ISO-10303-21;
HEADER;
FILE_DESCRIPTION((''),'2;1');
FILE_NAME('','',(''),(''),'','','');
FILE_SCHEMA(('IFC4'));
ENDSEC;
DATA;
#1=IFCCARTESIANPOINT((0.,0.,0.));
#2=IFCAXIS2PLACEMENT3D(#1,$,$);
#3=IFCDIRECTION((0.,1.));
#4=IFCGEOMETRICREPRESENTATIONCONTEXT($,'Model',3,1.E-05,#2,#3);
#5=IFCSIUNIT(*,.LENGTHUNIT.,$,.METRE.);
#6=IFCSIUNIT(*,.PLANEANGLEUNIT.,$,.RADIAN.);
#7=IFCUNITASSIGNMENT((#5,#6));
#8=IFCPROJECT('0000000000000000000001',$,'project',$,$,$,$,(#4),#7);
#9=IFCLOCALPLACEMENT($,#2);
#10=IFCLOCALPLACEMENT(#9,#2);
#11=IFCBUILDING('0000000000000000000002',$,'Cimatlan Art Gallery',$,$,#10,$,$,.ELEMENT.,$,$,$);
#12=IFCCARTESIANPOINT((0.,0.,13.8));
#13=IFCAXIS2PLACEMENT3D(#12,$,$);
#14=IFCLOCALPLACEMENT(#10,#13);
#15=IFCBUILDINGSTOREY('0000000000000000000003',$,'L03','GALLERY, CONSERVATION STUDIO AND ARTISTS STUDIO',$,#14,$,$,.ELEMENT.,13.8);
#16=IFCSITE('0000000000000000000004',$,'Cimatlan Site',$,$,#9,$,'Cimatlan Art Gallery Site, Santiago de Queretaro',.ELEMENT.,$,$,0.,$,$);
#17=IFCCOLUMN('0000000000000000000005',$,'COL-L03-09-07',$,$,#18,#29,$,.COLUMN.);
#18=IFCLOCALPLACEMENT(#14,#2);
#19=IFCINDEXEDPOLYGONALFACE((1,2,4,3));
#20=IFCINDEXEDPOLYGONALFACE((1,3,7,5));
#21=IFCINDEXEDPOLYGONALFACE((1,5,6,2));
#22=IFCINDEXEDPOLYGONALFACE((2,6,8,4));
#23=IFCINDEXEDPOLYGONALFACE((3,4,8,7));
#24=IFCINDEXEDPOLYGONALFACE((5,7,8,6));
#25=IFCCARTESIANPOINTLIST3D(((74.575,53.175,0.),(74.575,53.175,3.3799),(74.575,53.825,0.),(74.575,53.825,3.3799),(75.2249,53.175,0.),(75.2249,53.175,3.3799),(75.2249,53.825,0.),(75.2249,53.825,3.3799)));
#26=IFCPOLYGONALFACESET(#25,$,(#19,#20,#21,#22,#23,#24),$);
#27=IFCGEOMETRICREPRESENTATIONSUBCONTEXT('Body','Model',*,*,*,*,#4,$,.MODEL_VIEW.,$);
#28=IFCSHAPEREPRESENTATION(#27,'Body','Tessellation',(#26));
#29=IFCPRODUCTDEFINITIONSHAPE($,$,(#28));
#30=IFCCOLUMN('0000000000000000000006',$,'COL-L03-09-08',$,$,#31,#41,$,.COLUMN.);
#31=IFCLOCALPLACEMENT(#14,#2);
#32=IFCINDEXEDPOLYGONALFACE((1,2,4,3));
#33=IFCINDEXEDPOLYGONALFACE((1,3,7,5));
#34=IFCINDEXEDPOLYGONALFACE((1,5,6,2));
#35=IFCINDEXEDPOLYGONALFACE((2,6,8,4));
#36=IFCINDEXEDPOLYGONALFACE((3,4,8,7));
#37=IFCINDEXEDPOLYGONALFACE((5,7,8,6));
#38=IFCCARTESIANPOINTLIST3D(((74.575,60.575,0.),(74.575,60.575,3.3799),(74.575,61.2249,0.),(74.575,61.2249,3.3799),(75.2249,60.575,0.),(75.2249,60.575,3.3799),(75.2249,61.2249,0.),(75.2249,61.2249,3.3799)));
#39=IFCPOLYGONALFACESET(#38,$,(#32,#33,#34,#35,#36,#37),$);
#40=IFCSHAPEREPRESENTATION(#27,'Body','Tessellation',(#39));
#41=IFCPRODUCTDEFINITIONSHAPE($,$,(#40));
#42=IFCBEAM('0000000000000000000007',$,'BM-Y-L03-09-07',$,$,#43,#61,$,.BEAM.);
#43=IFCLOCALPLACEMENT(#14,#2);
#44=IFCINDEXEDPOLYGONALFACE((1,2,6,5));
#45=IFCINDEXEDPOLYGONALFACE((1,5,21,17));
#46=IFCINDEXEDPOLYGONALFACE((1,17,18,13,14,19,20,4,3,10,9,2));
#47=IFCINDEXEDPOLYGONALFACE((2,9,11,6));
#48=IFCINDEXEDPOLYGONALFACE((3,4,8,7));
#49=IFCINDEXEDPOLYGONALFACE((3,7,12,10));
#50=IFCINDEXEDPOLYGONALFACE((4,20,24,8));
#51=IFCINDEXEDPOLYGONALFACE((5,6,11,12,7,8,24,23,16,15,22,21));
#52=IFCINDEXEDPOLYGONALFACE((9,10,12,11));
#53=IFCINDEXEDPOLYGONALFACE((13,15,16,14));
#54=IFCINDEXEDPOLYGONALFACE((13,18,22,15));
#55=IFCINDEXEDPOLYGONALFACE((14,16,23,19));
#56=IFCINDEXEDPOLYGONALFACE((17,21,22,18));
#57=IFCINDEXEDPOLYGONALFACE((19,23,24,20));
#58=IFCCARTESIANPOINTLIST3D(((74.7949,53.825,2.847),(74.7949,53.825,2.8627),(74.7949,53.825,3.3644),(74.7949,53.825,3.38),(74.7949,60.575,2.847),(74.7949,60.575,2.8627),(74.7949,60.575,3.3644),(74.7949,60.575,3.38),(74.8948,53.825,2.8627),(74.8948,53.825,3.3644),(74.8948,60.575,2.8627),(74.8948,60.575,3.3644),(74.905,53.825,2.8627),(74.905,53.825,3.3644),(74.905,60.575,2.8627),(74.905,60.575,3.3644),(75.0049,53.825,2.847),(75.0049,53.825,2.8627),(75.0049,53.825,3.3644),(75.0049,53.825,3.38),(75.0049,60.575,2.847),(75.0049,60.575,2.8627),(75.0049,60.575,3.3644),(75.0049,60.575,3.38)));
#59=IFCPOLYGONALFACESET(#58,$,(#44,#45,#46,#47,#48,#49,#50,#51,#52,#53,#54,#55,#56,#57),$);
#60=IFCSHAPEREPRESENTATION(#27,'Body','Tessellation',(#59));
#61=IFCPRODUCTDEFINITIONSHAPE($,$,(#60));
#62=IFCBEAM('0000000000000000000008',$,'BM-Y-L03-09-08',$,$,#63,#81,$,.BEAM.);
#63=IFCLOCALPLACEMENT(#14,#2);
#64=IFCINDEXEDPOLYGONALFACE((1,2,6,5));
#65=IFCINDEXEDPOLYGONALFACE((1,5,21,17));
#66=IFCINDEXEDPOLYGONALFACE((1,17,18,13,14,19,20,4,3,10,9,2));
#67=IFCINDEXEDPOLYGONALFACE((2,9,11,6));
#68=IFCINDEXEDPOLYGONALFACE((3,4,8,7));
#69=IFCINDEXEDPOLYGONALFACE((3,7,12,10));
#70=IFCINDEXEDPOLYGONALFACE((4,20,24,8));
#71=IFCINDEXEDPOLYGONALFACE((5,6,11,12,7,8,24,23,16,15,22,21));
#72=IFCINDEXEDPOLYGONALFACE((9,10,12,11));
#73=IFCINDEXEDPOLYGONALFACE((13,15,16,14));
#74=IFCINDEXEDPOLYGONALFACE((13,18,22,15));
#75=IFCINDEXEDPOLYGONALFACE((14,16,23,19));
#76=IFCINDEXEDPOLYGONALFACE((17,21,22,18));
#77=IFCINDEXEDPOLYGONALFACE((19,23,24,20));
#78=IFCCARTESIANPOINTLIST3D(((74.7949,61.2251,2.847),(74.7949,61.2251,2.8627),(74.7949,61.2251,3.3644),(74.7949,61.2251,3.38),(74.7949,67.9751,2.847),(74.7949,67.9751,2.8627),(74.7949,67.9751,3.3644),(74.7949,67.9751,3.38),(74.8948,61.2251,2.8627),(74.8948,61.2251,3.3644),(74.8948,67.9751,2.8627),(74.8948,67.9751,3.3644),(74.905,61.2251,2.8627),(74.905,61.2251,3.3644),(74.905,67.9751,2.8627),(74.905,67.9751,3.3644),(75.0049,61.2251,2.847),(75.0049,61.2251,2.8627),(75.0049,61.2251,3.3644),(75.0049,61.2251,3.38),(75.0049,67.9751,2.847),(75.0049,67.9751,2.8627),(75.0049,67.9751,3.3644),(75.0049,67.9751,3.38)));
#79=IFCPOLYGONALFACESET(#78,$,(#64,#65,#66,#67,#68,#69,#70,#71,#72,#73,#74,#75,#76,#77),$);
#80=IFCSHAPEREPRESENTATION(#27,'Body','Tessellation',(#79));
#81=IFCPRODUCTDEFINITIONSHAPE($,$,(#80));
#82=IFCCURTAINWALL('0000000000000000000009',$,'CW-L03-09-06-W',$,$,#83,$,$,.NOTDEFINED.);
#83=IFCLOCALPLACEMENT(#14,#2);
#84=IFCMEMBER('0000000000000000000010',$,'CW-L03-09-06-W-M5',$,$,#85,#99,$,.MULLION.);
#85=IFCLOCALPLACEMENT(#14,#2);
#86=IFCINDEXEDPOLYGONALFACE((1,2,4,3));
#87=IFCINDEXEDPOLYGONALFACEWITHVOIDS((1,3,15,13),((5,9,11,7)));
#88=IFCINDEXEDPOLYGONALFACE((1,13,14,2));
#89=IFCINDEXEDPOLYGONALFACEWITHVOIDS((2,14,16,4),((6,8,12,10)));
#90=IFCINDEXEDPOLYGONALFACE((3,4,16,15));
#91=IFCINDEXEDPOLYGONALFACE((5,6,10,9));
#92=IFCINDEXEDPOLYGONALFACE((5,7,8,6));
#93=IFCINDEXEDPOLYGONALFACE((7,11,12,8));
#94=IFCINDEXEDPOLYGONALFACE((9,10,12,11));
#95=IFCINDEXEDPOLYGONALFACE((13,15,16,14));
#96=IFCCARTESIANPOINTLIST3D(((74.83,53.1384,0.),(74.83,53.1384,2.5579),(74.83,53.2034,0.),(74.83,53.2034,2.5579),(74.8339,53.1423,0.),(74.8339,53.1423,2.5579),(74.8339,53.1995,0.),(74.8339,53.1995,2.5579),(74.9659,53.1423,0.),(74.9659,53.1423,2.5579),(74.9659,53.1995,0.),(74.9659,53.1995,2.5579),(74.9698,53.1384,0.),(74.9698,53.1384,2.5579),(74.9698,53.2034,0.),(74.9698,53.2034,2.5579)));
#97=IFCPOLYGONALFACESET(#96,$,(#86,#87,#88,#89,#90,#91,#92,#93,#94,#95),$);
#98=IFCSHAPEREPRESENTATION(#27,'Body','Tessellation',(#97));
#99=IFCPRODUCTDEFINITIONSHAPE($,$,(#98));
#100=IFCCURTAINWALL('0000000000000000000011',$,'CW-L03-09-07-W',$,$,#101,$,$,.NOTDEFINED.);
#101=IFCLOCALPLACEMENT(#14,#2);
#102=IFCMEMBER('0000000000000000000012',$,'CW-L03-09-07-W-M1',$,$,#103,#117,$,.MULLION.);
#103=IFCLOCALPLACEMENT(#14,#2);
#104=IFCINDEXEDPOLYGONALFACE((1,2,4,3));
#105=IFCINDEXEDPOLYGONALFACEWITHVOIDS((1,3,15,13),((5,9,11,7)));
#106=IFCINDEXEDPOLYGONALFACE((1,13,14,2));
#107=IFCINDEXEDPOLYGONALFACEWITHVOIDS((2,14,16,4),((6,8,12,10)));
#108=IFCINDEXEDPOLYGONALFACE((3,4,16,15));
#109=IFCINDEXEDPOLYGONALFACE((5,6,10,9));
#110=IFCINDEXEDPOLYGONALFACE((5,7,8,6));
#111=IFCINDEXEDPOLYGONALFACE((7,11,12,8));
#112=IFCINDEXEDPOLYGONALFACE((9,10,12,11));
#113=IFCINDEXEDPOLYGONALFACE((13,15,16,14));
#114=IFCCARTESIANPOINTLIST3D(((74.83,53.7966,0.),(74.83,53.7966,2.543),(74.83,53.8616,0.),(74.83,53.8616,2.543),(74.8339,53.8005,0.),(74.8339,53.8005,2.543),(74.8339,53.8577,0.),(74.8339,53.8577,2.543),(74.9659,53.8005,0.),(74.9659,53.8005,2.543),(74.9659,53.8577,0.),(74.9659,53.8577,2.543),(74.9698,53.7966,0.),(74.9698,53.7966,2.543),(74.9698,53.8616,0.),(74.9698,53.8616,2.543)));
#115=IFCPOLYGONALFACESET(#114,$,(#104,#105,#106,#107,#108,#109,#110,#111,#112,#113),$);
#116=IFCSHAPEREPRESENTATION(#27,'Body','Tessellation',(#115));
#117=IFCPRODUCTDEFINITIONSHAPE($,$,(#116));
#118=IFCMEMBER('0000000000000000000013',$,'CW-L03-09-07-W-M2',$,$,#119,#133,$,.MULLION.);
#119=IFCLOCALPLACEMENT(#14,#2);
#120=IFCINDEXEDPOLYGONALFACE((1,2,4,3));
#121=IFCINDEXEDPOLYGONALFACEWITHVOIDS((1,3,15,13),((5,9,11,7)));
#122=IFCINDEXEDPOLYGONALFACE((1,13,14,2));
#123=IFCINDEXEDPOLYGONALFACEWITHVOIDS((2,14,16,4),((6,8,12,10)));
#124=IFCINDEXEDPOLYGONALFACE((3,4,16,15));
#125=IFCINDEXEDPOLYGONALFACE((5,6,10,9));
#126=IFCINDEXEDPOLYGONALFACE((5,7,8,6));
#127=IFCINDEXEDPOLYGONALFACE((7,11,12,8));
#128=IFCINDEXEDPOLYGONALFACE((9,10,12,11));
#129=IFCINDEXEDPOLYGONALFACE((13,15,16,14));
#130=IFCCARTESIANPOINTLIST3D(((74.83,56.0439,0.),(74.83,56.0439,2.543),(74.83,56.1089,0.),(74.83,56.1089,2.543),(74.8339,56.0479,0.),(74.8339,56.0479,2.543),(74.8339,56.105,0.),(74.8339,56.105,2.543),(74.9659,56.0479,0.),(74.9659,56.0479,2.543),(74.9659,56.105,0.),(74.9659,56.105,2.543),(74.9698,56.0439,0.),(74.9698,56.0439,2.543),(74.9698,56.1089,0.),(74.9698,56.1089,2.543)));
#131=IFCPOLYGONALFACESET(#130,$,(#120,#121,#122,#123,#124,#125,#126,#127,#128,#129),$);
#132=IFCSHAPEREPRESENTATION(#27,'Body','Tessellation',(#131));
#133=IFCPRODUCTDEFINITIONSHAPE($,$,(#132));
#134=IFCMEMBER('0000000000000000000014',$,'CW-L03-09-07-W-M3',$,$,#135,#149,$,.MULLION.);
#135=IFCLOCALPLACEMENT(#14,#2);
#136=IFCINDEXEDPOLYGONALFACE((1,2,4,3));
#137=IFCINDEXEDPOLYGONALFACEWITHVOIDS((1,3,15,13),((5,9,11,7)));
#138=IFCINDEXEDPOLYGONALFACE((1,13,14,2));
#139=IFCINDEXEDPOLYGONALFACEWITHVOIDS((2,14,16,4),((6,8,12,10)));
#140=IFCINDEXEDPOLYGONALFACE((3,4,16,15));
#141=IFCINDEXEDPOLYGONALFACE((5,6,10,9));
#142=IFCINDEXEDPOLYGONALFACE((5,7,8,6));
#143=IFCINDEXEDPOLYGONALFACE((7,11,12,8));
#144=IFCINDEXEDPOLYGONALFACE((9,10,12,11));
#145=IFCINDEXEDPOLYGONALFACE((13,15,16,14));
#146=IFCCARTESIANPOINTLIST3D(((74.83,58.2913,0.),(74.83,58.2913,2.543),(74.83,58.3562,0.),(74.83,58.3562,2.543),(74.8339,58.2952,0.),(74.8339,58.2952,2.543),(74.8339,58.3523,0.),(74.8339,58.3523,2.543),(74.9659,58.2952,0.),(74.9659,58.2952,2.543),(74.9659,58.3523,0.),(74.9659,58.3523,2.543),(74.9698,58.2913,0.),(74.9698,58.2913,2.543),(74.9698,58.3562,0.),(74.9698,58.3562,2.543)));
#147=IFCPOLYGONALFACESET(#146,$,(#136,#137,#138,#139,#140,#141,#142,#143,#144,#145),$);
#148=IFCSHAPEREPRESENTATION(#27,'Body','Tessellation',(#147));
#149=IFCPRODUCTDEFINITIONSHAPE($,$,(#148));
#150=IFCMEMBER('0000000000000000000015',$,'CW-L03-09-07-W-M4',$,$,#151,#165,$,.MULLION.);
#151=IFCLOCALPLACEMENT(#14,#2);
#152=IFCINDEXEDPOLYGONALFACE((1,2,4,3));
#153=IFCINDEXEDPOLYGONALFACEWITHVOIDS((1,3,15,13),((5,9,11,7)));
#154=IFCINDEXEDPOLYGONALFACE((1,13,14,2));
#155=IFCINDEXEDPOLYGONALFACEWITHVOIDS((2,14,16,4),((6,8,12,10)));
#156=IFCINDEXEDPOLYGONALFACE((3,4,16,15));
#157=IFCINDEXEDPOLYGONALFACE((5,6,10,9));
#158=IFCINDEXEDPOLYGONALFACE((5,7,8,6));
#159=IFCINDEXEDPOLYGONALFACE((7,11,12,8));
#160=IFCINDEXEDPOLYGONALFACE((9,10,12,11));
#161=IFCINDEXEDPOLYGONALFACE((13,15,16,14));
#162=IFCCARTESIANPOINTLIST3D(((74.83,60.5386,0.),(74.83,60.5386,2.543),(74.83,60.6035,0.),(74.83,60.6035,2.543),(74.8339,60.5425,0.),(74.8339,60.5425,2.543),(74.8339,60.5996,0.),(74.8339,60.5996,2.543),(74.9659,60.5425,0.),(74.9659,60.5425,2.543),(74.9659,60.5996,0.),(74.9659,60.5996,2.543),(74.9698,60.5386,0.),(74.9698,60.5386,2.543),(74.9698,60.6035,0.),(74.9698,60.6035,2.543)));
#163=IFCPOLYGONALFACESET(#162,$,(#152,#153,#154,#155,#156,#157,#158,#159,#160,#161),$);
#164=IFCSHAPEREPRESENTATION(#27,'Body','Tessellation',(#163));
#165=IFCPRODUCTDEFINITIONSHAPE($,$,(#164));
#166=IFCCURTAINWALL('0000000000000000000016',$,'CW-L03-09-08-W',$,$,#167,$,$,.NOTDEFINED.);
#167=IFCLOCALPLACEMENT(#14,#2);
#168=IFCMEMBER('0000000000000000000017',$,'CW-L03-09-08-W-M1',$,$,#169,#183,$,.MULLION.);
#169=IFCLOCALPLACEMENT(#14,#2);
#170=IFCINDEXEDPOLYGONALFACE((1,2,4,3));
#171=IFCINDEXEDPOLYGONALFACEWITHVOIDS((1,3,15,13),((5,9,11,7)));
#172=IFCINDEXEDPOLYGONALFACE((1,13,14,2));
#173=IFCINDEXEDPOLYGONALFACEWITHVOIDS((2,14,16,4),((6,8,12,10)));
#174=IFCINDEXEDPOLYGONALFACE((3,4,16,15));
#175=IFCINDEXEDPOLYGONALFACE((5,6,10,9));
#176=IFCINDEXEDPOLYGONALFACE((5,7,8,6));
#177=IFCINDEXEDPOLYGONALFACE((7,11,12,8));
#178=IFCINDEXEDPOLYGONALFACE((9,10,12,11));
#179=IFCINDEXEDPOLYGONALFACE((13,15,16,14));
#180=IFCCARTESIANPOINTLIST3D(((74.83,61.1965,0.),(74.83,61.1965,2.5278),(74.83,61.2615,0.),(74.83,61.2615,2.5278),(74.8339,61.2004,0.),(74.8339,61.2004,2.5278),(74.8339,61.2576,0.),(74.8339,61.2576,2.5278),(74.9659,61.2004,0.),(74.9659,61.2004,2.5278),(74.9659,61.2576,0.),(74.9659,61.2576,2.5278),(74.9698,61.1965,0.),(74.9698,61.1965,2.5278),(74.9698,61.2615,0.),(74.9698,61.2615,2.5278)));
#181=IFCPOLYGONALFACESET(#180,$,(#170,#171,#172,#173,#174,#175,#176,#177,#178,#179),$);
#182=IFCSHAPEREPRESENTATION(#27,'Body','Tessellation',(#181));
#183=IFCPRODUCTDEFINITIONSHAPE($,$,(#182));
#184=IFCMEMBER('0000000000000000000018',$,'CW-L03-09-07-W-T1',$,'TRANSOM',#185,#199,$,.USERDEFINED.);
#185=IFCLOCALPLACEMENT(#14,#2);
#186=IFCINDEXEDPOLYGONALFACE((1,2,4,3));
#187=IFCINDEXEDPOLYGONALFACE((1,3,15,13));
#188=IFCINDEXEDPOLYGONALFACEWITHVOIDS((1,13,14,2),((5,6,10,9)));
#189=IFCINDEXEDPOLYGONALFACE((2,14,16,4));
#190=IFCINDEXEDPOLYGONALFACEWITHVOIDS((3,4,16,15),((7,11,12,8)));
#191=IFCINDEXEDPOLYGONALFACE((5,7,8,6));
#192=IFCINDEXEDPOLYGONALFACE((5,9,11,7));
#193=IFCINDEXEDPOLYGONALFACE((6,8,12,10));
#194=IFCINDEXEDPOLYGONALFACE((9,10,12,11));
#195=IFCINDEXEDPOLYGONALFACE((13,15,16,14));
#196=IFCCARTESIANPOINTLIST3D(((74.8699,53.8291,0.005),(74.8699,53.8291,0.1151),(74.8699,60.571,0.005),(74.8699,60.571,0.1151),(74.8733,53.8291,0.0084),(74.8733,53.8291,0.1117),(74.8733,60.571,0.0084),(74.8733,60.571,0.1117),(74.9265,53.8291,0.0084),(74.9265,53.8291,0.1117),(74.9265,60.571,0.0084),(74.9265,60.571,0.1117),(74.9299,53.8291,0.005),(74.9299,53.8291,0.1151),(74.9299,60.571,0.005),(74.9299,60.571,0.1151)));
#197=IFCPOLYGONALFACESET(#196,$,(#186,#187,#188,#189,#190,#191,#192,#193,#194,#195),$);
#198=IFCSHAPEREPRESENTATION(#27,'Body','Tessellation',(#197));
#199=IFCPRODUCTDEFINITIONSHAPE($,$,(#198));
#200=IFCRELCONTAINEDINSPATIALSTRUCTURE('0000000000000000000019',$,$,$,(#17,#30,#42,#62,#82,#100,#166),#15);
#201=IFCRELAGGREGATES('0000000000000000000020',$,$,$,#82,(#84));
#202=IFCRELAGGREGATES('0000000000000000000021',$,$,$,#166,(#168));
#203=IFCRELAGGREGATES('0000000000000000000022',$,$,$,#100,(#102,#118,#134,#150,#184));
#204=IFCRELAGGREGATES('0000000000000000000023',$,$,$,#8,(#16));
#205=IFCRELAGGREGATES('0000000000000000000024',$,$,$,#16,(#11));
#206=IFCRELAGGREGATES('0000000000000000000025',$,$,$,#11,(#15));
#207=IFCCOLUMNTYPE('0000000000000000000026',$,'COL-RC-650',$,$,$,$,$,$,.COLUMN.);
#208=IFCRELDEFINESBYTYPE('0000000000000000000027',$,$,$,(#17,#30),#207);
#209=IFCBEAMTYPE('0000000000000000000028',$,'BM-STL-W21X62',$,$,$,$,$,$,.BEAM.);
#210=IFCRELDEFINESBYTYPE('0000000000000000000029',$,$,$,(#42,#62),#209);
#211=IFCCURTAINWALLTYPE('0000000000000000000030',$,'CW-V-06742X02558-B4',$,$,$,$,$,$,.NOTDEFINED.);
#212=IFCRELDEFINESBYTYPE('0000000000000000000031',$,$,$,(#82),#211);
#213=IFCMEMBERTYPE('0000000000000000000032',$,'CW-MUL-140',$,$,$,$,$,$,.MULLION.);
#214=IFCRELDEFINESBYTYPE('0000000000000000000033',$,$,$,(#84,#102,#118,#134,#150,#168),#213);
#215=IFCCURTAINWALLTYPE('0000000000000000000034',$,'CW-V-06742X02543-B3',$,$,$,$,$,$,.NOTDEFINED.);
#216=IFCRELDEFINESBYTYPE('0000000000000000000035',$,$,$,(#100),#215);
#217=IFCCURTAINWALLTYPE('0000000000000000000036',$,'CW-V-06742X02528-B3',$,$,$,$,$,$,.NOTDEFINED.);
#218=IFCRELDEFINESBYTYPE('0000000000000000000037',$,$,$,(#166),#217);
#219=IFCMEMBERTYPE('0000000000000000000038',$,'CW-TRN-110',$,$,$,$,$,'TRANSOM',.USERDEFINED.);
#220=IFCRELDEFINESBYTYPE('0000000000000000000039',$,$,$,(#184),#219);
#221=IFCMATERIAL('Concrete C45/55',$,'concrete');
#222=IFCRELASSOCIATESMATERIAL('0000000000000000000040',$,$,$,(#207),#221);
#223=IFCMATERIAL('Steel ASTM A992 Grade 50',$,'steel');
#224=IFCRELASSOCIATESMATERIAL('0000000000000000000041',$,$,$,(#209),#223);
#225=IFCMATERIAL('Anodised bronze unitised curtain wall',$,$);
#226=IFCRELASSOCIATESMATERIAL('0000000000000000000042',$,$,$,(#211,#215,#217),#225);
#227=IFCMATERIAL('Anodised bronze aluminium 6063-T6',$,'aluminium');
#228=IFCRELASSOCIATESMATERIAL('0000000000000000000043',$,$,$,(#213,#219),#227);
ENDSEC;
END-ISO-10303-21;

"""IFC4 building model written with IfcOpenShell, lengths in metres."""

from ifc_helpers import new_model, si_unit, direction, frame, origin, origin_2d, place, context, subcontext, project, spatial, rectangle, hollow_rectangle, i_section, extrude, material, material_profile, profile_set, type_object, element, aggregate, save


model = new_model("IFC4")

# Units and contexts
model_context = context("Model", 3, precision=1e-05, world=origin(), true_north=direction((0.0, 1.0)))
body_context = subcontext(model_context, "Body", "Model", "MODEL_VIEW")
ifc_project = project(units=[si_unit("LENGTHUNIT", "METRE"), si_unit("PLANEANGLEUNIT", "RADIAN")], contexts=[model_context])

# Site, building, storey
site_placement = place(None, origin())
site = spatial("IfcSite", under=ifc_project, at=site_placement, Name="Cimatlan Site", LongName="Cimatlan Art Gallery Site, Santiago de Queretaro", CompositionType="ELEMENT", RefElevation=0.0)
building_placement = place(site_placement, origin())
building = spatial("IfcBuilding", under=site, at=building_placement, Name="Cimatlan Art Gallery", CompositionType="ELEMENT")
storey_placement = place(building_placement, frame((0.0, 0.0, 13.8)))
storey = spatial("IfcBuildingStorey", under=building, at=storey_placement, Name="L03", Description="GALLERY, CONSERVATION STUDIO AND ARTISTS STUDIO", CompositionType="ELEMENT", Elevation=13.8)

# Columns
ifc_material_1 = material(Name="Concrete C45/55", Category="concrete")
ifc_material_profile_1 = material_profile(ifc_material_1, rectangle(XDim=0.6499, YDim=0.6499, at=origin_2d()), Name="RC650X650")
ifc_profile_set_1 = profile_set([ifc_material_profile_1], Name="Concrete C45/55")
column_type = type_object("IfcColumnType", Name="COL-RC-650", PredefinedType="COLUMN", material=ifc_profile_set_1)
for number, where, z_axis, x_axis, name in (
    (1, (74.8999, 53.5, 0.0), (0.0, 0.0, 1.0), (1.0, 0.0, 0.0), "COL-L03-09-07"),
    (2, (74.8999, 60.8999, 0.0), (0.0, 0.0, 1.0), (1.0, 0.0, 0.0), "COL-L03-09-08"),
):
    element("IfcColumn", number, at=place(storey_placement, frame(where, z_axis=z_axis, x_axis=x_axis)), inside=storey, type_object=column_type, Name=name, PredefinedType="COLUMN", context=body_context, shape_type="SweptSolid", body=[
        extrude(rectangle(XDim=0.6499, YDim=0.6499, at=origin_2d()), origin(), (0.0, 0.0, 1.0), 3.3799),
    ])

# Beams
ifc_material_2 = material(Name="Steel ASTM A992 Grade 50", Category="steel")
ifc_material_profile_2 = material_profile(ifc_material_2, i_section(OverallWidth=0.21, OverallDepth=0.533, WebThickness=0.0103, FlangeThickness=0.0156, at=origin_2d()), Name="W21X62")
ifc_profile_set_2 = profile_set([ifc_material_profile_2], Name="Steel ASTM A992 Grade 50")
beam_type = type_object("IfcBeamType", Name="BM-STL-W21X62", PredefinedType="BEAM", material=ifc_profile_set_2)
for number, where, z_axis, x_axis, name in (
    (3, (74.8999, 53.825, 3.1135), (0.0, 1.0, 0.0), (-1.0, 0.0, 0.0), "BM-Y-L03-09-07"),
    (4, (74.8999, 61.2251, 3.1135), (0.0, 1.0, 0.0), (-1.0, 0.0, 0.0), "BM-Y-L03-09-08"),
):
    element("IfcBeam", number, at=place(storey_placement, frame(where, z_axis=z_axis, x_axis=x_axis)), inside=storey, type_object=beam_type, Name=name, PredefinedType="BEAM", context=body_context, shape_type="SweptSolid", body=[
        extrude(i_section(OverallWidth=0.21, OverallDepth=0.533, WebThickness=0.0103, FlangeThickness=0.0156, at=origin_2d()), origin(), (0.0, 0.0, 1.0), 6.75),
    ])

# Curtain wall, member
ifc_material_3 = material(Name="Anodised bronze unitised curtain wall")
curtain_wall_type_1 = type_object("IfcCurtainWallType", Name="CW-V-06742X02558-B4", PredefinedType="NOTDEFINED", material=ifc_material_3)
curtain_wall_1_placement = place(storey_placement, origin())
curtain_wall_1 = element("IfcCurtainWall", 5, at=curtain_wall_1_placement, inside=storey, type_object=curtain_wall_type_1, Name="CW-L03-09-06-W", PredefinedType="NOTDEFINED")
ifc_material_4 = material(Name="Anodised bronze aluminium 6063-T6", Category="aluminium")
ifc_material_profile_3 = material_profile(ifc_material_4, hollow_rectangle(XDim=0.0649, YDim=0.1399, WallThickness=0.0039, at=origin_2d()), Name="ALU65X140X4")
ifc_profile_set_3 = profile_set([ifc_material_profile_3], Name="Anodised bronze aluminium 6063-T6")
member_type_1 = type_object("IfcMemberType", Name="CW-MUL-140", PredefinedType="MULLION", material=ifc_profile_set_3)
member_1_placement = place(storey_placement, frame((74.8999, 53.1709, 0.0), z_axis=(0.0, 0.0, 1.0), x_axis=(0.0, 1.0, 0.0)))
member_1 = element("IfcMember", 6, at=member_1_placement, type_object=member_type_1, Name="CW-L03-09-06-W-M5", PredefinedType="MULLION", context=body_context, shape_type="SweptSolid", body=[
    extrude(hollow_rectangle(XDim=0.0649, YDim=0.1399, WallThickness=0.0039, at=origin_2d()), origin(), (0.0, 0.0, 1.0), 2.5579),
])
aggregate(curtain_wall_1, [member_1])

# Curtain wall, members
curtain_wall_type_2 = type_object("IfcCurtainWallType", Name="CW-V-06742X02543-B3", PredefinedType="NOTDEFINED", material=ifc_material_3)
curtain_wall_2_placement = place(storey_placement, origin())
curtain_wall_2 = element("IfcCurtainWall", 7, at=curtain_wall_2_placement, inside=storey, type_object=curtain_wall_type_2, Name="CW-L03-09-07-W", PredefinedType="NOTDEFINED")
member_2_placement = place(storey_placement, frame((74.8999, 53.8291, 0.0), z_axis=(0.0, 0.0, 1.0), x_axis=(0.0, 1.0, 0.0)))
member_2 = element("IfcMember", 8, at=member_2_placement, type_object=member_type_1, Name="CW-L03-09-07-W-M1", PredefinedType="MULLION", context=body_context, shape_type="SweptSolid", body=[
    extrude(hollow_rectangle(XDim=0.0649, YDim=0.1399, WallThickness=0.0039, at=origin_2d()), origin(), (0.0, 0.0, 1.0), 2.543),
])
member_3_placement = place(storey_placement, frame((74.8999, 56.0764, 0.0), z_axis=(0.0, 0.0, 1.0), x_axis=(0.0, 1.0, 0.0)))
member_3 = element("IfcMember", 9, at=member_3_placement, type_object=member_type_1, Name="CW-L03-09-07-W-M2", PredefinedType="MULLION", context=body_context, shape_type="SweptSolid", body=[
    extrude(hollow_rectangle(XDim=0.0649, YDim=0.1399, WallThickness=0.0039, at=origin_2d()), origin(), (0.0, 0.0, 1.0), 2.543),
])
member_4_placement = place(storey_placement, frame((74.8999, 58.3237, 0.0), z_axis=(0.0, 0.0, 1.0), x_axis=(0.0, 1.0, 0.0)))
member_4 = element("IfcMember", 10, at=member_4_placement, type_object=member_type_1, Name="CW-L03-09-07-W-M3", PredefinedType="MULLION", context=body_context, shape_type="SweptSolid", body=[
    extrude(hollow_rectangle(XDim=0.0649, YDim=0.1399, WallThickness=0.0039, at=origin_2d()), origin(), (0.0, 0.0, 1.0), 2.543),
])
member_5_placement = place(storey_placement, frame((74.8999, 60.571, 0.0), z_axis=(0.0, 0.0, 1.0), x_axis=(0.0, 1.0, 0.0)))
member_5 = element("IfcMember", 11, at=member_5_placement, type_object=member_type_1, Name="CW-L03-09-07-W-M4", PredefinedType="MULLION", context=body_context, shape_type="SweptSolid", body=[
    extrude(hollow_rectangle(XDim=0.0649, YDim=0.1399, WallThickness=0.0039, at=origin_2d()), origin(), (0.0, 0.0, 1.0), 2.543),
])

# Curtain wall, member
curtain_wall_type_3 = type_object("IfcCurtainWallType", Name="CW-V-06742X02528-B3", PredefinedType="NOTDEFINED", material=ifc_material_3)
curtain_wall_3_placement = place(storey_placement, origin())
curtain_wall_3 = element("IfcCurtainWall", 12, at=curtain_wall_3_placement, inside=storey, type_object=curtain_wall_type_3, Name="CW-L03-09-08-W", PredefinedType="NOTDEFINED")
member_6_placement = place(storey_placement, frame((74.8999, 61.229, 0.0), z_axis=(0.0, 0.0, 1.0), x_axis=(0.0, 1.0, 0.0)))
member_6 = element("IfcMember", 13, at=member_6_placement, type_object=member_type_1, Name="CW-L03-09-08-W-M1", PredefinedType="MULLION", context=body_context, shape_type="SweptSolid", body=[
    extrude(hollow_rectangle(XDim=0.0649, YDim=0.1399, WallThickness=0.0039, at=origin_2d()), origin(), (0.0, 0.0, 1.0), 2.5278),
])

# Member
ifc_material_profile_4 = material_profile(ifc_material_4, hollow_rectangle(XDim=0.0601, YDim=0.1101, WallThickness=0.0034, at=origin_2d()), Name="ALU60X110X3")
ifc_profile_set_4 = profile_set([ifc_material_profile_4], Name="Anodised bronze aluminium 6063-T6")
member_type_2 = type_object("IfcMemberType", Name="CW-TRN-110", ElementType="TRANSOM", PredefinedType="USERDEFINED", material=ifc_profile_set_4)
member_7_placement = place(storey_placement, frame((74.8999, 53.8291, 0.0601), z_axis=(0.0, 1.0, 0.0), x_axis=(-1.0, 0.0, 0.0)))
member_7 = element("IfcMember", 14, at=member_7_placement, type_object=member_type_2, Name="CW-L03-09-07-W-T1", ObjectType="TRANSOM", PredefinedType="USERDEFINED", context=body_context, shape_type="SweptSolid", body=[
    extrude(hollow_rectangle(XDim=0.0601, YDim=0.1101, WallThickness=0.0034, at=origin_2d()), origin(), (0.0, 0.0, 1.0), 6.7419),
])
aggregate(curtain_wall_3, [member_6])

aggregate(curtain_wall_2, [member_2, member_3, member_4, member_5, member_7])

save(model, "model.ifc")
